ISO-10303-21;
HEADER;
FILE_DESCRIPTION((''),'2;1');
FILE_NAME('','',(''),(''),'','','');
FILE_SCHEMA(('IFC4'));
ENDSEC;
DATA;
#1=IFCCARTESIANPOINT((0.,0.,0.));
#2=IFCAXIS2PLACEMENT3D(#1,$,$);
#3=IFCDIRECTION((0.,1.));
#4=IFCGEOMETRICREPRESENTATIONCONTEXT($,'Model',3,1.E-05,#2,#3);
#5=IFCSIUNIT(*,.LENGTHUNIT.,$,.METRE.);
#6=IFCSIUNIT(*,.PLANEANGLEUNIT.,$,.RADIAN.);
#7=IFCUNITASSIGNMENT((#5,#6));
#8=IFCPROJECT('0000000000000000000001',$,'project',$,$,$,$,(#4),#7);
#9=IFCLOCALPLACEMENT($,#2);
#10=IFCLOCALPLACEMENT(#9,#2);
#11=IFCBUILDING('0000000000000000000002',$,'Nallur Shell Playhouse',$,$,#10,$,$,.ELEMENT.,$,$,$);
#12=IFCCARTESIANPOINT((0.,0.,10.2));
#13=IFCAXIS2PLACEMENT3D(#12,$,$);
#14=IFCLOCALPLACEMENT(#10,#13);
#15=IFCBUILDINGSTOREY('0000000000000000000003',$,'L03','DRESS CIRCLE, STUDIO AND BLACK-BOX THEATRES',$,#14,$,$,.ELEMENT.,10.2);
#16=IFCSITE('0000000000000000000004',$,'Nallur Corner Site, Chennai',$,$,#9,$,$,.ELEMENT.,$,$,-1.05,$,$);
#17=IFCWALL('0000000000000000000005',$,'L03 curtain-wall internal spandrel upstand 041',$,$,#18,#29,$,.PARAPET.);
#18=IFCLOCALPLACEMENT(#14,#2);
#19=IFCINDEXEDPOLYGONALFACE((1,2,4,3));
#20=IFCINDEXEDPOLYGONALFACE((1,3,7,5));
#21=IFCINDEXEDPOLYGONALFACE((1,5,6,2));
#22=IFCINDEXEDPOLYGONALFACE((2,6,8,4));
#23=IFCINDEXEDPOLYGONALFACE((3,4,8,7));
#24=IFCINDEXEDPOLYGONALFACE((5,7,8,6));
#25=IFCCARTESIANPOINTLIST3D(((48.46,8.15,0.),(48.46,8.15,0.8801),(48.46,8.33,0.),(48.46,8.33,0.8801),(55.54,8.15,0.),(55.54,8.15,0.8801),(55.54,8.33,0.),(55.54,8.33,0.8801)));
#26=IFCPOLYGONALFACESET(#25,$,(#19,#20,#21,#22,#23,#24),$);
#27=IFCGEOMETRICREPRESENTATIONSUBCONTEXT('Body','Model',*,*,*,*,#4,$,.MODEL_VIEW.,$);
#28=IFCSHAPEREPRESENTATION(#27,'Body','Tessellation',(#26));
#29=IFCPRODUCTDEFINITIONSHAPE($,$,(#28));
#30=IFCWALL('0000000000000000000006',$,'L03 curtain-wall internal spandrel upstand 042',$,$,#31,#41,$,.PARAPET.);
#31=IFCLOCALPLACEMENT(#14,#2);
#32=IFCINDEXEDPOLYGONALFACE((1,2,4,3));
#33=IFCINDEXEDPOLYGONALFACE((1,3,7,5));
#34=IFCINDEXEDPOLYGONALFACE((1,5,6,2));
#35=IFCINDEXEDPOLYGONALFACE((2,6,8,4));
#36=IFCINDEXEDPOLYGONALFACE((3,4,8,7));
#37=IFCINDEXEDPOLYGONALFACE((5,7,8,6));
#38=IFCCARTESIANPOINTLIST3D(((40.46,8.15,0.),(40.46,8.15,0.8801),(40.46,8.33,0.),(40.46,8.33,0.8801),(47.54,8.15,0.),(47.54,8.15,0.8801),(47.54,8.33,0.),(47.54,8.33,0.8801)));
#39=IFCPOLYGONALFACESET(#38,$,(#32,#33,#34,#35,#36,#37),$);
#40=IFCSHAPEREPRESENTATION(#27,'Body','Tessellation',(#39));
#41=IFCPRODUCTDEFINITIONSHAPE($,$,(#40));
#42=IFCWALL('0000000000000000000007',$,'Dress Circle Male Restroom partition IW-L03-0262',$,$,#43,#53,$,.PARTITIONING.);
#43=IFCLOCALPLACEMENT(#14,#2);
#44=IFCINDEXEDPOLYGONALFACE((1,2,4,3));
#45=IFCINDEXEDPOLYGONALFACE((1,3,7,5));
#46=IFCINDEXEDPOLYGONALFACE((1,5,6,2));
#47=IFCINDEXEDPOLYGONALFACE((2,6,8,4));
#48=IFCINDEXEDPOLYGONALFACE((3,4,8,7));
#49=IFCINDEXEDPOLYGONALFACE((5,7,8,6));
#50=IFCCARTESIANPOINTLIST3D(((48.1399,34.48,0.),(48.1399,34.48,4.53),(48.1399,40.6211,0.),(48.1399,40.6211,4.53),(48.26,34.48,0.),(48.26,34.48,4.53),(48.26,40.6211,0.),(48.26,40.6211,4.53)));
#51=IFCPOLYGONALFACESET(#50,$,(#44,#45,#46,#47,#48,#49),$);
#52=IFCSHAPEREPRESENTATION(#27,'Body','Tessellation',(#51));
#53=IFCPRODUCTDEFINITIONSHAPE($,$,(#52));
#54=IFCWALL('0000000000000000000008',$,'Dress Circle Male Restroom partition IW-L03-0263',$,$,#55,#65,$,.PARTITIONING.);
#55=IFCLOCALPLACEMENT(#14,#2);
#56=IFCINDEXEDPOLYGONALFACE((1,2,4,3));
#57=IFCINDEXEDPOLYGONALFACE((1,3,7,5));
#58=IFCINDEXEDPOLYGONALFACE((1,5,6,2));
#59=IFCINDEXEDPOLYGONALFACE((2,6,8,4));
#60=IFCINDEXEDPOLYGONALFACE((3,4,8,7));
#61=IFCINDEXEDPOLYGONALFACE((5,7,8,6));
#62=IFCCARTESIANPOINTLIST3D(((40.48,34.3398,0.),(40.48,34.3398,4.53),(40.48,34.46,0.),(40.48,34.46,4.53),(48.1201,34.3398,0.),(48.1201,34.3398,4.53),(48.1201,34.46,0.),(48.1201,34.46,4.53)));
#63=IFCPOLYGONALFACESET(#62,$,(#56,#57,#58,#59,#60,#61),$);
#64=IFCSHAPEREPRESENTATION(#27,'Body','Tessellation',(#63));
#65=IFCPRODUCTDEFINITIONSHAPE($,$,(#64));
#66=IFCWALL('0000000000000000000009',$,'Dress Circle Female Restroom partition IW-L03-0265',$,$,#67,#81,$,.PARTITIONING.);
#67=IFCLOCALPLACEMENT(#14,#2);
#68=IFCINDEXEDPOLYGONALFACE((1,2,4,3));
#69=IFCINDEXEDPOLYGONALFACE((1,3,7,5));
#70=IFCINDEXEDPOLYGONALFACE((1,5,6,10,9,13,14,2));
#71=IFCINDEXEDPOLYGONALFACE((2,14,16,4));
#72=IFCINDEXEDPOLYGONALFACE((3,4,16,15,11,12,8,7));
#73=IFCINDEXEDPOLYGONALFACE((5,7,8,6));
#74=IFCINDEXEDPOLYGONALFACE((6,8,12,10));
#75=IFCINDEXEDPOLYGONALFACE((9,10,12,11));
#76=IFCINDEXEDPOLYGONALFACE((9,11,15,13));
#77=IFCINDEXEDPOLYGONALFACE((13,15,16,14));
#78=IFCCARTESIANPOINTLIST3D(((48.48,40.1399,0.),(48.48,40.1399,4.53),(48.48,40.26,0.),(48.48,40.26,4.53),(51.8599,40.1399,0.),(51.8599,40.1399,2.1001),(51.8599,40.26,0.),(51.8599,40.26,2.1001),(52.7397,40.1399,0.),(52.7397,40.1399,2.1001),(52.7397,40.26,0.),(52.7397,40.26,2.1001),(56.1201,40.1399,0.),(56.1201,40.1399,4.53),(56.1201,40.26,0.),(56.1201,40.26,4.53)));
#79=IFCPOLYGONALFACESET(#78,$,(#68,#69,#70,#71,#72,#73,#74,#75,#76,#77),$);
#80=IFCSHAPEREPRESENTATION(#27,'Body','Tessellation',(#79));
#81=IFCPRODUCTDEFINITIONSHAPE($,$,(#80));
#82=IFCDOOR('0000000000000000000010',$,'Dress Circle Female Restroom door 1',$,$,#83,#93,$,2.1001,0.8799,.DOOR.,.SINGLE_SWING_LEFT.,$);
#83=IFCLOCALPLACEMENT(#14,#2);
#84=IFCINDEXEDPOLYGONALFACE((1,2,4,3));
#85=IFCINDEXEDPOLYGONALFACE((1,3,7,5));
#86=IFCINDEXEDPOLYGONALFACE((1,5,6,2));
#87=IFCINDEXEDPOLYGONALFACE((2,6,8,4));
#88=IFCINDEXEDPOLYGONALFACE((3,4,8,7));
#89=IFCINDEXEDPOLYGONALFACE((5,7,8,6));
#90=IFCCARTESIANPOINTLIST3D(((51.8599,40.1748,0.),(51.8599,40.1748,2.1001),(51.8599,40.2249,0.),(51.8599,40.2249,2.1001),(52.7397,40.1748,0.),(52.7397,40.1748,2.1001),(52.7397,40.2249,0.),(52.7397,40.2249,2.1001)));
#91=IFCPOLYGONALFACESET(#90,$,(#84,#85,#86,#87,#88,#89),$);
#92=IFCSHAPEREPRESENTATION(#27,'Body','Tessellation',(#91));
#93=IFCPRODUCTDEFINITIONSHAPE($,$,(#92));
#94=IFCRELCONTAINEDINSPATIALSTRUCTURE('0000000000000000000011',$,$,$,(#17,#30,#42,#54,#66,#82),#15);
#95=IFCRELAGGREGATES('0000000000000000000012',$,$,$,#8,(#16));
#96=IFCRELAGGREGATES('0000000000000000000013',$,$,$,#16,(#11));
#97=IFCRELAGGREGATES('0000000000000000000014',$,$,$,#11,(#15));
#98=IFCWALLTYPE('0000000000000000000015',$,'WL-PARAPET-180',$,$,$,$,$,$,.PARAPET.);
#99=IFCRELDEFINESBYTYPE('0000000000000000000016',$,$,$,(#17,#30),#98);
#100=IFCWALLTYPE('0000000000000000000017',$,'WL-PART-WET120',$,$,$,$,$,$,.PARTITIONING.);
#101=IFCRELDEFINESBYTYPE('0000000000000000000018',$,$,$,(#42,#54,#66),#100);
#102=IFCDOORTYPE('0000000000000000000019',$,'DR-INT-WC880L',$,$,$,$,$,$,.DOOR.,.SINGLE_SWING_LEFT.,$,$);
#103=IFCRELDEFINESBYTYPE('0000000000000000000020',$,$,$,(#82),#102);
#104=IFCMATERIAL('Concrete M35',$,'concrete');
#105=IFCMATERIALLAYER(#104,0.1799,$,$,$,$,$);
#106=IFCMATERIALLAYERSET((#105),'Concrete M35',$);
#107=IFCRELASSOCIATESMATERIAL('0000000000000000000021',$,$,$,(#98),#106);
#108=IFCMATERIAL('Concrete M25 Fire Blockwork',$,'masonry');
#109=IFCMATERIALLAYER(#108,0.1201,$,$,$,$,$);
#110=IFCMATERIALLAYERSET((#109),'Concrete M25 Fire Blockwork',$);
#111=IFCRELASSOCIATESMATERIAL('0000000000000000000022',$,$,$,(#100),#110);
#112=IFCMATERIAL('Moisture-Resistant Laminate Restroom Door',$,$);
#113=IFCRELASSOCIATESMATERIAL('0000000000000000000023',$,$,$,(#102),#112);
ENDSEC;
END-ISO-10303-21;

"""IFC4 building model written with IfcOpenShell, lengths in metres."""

from ifc_helpers import new_model, si_unit, direction, frame, frame_2d, origin, place, context, subcontext, project, spatial, rectangle, extrude, material, layer, layer_set, type_object, element, fill, save


model = new_model("IFC4")

# Units and contexts
model_context = context("Model", 3, precision=1e-05, world=origin(), true_north=direction((0.0, 1.0)))
body_context = subcontext(model_context, "Body", "Model", "MODEL_VIEW")
ifc_project = project(units=[si_unit("LENGTHUNIT", "METRE"), si_unit("PLANEANGLEUNIT", "RADIAN")], contexts=[model_context])

# Site, building, storey
site_placement = place(None, origin())
site = spatial("IfcSite", under=ifc_project, at=site_placement, Name="Nallur Corner Site, Chennai", CompositionType="ELEMENT", RefElevation=-1.05)
building_placement = place(site_placement, origin())
building = spatial("IfcBuilding", under=site, at=building_placement, Name="Nallur Shell Playhouse", CompositionType="ELEMENT")
storey_placement = place(building_placement, frame((0.0, 0.0, 10.2)))
storey = spatial("IfcBuildingStorey", under=building, at=storey_placement, Name="L03", Description="DRESS CIRCLE, STUDIO AND BLACK-BOX THEATRES", CompositionType="ELEMENT", Elevation=10.2)

# Walls
ifc_material_1 = material(Name="Concrete M35", Category="concrete")
ifc_layer_1 = layer(ifc_material_1, 0.1799)
ifc_layer_set_1 = layer_set([ifc_layer_1], Name="Concrete M35")
wall_type_1 = type_object("IfcWallType", Name="WL-PARAPET-180", PredefinedType="PARAPET", material=ifc_layer_set_1)
for number, where, z_axis, x_axis, name in (
    (1, (55.54, 8.24, 0.0), (0.0, 0.0, 1.0), (-1.0, 0.0, 0.0), "L03 curtain-wall internal spandrel upstand 041"),
    (2, (47.54, 8.24, 0.0), (0.0, 0.0, 1.0), (-1.0, 0.0, 0.0), "L03 curtain-wall internal spandrel upstand 042"),
):
    element("IfcWall", number, at=place(storey_placement, frame(where, z_axis=z_axis, x_axis=x_axis)), inside=storey, type_object=wall_type_1, Name=name, PredefinedType="PARAPET", context=body_context, shape_type="SweptSolid", body=[
        extrude(rectangle(XDim=7.0801, YDim=0.1799, at=frame_2d((3.54, 0.0))), origin(), (0.0, 0.0, 1.0), 0.8801),
    ])
ifc_material_2 = material(Name="Concrete M25 Fire Blockwork", Category="masonry")
ifc_layer_2 = layer(ifc_material_2, 0.1201)
ifc_layer_set_2 = layer_set([ifc_layer_2], Name="Concrete M25 Fire Blockwork")
wall_type_2 = type_object("IfcWallType", Name="WL-PART-WET120", PredefinedType="PARTITIONING", material=ifc_layer_set_2)
wall_1_placement = place(storey_placement, frame((48.2, 40.6211, 0.0), z_axis=(0.0, 0.0, 1.0), x_axis=(0.0, -1.0, 0.0)))
element("IfcWall", 3, at=wall_1_placement, inside=storey, type_object=wall_type_2, Name="Dress Circle Male Restroom partition IW-L03-0262", PredefinedType="PARTITIONING", context=body_context, shape_type="SweptSolid", body=[
    extrude(rectangle(XDim=6.1411, YDim=0.1201, at=frame_2d((3.0706, 0.0))), origin(), (0.0, 0.0, 1.0), 4.53),
])
wall_2_placement = place(storey_placement, frame((48.1201, 34.3999, 0.0), z_axis=(0.0, 0.0, 1.0), x_axis=(-1.0, 0.0, 0.0)))
element("IfcWall", 4, at=wall_2_placement, inside=storey, type_object=wall_type_2, Name="Dress Circle Male Restroom partition IW-L03-0263", PredefinedType="PARTITIONING", context=body_context, shape_type="SweptSolid", body=[
    extrude(rectangle(XDim=7.6401, YDim=0.1201, at=frame_2d((3.8201, 0.0))), origin(), (0.0, 0.0, 1.0), 4.53),
])

# Wall, opening, door
wall_3_placement = place(storey_placement, frame((48.48, 40.2, 0.0), z_axis=(0.0, 0.0, 1.0), x_axis=(1.0, 0.0, 0.0)))
wall_3 = element("IfcWall", 5, at=wall_3_placement, inside=storey, type_object=wall_type_2, Name="Dress Circle Female Restroom partition IW-L03-0265", PredefinedType="PARTITIONING", context=body_context, shape_type="SweptSolid", body=[
    extrude(rectangle(XDim=7.6401, YDim=0.1201, at=frame_2d((3.8201, 0.0))), origin(), (0.0, 0.0, 1.0), 4.53),
])
opening_placement = place(wall_3_placement, frame((3.3799, 0.0, 0.0)))
opening = element("IfcOpeningElement", 6, at=opening_placement, cuts=wall_3, PredefinedType="OPENING", context=body_context, shape_type="SweptSolid", body=[
    extrude(rectangle(XDim=0.8799, YDim=2.1001, at=frame_2d((0.4399, 1.05))), frame((0.0, 0.0701, 0.0), z_axis=(0.0, -1.0, 0.0), x_axis=(1.0, 0.0, 0.0)), (0.0, 0.0, 1.0), 0.1401),
])
ifc_material_3 = material(Name="Moisture-Resistant Laminate Restroom Door")
door_type = type_object("IfcDoorType", Name="DR-INT-WC880L", OperationType="SINGLE_SWING_LEFT", PredefinedType="DOOR", material=ifc_material_3)
door_placement = place(opening_placement, origin())
door = element("IfcDoor", 7, at=door_placement, inside=storey, type_object=door_type, Name="Dress Circle Female Restroom door 1", OperationType="SINGLE_SWING_LEFT", OverallHeight=2.1001, OverallWidth=0.8799, PredefinedType="DOOR", context=body_context, shape_type="SweptSolid", body=[
    extrude(rectangle(XDim=0.8799, YDim=2.1001, at=frame_2d((0.4399, 1.05))), frame((0.0, 0.0249, 0.0), z_axis=(0.0, -1.0, 0.0), x_axis=(1.0, 0.0, 0.0)), (0.0, 0.0, 1.0), 0.05),
])
fill(opening, door)

save(model, "model.ifc")
